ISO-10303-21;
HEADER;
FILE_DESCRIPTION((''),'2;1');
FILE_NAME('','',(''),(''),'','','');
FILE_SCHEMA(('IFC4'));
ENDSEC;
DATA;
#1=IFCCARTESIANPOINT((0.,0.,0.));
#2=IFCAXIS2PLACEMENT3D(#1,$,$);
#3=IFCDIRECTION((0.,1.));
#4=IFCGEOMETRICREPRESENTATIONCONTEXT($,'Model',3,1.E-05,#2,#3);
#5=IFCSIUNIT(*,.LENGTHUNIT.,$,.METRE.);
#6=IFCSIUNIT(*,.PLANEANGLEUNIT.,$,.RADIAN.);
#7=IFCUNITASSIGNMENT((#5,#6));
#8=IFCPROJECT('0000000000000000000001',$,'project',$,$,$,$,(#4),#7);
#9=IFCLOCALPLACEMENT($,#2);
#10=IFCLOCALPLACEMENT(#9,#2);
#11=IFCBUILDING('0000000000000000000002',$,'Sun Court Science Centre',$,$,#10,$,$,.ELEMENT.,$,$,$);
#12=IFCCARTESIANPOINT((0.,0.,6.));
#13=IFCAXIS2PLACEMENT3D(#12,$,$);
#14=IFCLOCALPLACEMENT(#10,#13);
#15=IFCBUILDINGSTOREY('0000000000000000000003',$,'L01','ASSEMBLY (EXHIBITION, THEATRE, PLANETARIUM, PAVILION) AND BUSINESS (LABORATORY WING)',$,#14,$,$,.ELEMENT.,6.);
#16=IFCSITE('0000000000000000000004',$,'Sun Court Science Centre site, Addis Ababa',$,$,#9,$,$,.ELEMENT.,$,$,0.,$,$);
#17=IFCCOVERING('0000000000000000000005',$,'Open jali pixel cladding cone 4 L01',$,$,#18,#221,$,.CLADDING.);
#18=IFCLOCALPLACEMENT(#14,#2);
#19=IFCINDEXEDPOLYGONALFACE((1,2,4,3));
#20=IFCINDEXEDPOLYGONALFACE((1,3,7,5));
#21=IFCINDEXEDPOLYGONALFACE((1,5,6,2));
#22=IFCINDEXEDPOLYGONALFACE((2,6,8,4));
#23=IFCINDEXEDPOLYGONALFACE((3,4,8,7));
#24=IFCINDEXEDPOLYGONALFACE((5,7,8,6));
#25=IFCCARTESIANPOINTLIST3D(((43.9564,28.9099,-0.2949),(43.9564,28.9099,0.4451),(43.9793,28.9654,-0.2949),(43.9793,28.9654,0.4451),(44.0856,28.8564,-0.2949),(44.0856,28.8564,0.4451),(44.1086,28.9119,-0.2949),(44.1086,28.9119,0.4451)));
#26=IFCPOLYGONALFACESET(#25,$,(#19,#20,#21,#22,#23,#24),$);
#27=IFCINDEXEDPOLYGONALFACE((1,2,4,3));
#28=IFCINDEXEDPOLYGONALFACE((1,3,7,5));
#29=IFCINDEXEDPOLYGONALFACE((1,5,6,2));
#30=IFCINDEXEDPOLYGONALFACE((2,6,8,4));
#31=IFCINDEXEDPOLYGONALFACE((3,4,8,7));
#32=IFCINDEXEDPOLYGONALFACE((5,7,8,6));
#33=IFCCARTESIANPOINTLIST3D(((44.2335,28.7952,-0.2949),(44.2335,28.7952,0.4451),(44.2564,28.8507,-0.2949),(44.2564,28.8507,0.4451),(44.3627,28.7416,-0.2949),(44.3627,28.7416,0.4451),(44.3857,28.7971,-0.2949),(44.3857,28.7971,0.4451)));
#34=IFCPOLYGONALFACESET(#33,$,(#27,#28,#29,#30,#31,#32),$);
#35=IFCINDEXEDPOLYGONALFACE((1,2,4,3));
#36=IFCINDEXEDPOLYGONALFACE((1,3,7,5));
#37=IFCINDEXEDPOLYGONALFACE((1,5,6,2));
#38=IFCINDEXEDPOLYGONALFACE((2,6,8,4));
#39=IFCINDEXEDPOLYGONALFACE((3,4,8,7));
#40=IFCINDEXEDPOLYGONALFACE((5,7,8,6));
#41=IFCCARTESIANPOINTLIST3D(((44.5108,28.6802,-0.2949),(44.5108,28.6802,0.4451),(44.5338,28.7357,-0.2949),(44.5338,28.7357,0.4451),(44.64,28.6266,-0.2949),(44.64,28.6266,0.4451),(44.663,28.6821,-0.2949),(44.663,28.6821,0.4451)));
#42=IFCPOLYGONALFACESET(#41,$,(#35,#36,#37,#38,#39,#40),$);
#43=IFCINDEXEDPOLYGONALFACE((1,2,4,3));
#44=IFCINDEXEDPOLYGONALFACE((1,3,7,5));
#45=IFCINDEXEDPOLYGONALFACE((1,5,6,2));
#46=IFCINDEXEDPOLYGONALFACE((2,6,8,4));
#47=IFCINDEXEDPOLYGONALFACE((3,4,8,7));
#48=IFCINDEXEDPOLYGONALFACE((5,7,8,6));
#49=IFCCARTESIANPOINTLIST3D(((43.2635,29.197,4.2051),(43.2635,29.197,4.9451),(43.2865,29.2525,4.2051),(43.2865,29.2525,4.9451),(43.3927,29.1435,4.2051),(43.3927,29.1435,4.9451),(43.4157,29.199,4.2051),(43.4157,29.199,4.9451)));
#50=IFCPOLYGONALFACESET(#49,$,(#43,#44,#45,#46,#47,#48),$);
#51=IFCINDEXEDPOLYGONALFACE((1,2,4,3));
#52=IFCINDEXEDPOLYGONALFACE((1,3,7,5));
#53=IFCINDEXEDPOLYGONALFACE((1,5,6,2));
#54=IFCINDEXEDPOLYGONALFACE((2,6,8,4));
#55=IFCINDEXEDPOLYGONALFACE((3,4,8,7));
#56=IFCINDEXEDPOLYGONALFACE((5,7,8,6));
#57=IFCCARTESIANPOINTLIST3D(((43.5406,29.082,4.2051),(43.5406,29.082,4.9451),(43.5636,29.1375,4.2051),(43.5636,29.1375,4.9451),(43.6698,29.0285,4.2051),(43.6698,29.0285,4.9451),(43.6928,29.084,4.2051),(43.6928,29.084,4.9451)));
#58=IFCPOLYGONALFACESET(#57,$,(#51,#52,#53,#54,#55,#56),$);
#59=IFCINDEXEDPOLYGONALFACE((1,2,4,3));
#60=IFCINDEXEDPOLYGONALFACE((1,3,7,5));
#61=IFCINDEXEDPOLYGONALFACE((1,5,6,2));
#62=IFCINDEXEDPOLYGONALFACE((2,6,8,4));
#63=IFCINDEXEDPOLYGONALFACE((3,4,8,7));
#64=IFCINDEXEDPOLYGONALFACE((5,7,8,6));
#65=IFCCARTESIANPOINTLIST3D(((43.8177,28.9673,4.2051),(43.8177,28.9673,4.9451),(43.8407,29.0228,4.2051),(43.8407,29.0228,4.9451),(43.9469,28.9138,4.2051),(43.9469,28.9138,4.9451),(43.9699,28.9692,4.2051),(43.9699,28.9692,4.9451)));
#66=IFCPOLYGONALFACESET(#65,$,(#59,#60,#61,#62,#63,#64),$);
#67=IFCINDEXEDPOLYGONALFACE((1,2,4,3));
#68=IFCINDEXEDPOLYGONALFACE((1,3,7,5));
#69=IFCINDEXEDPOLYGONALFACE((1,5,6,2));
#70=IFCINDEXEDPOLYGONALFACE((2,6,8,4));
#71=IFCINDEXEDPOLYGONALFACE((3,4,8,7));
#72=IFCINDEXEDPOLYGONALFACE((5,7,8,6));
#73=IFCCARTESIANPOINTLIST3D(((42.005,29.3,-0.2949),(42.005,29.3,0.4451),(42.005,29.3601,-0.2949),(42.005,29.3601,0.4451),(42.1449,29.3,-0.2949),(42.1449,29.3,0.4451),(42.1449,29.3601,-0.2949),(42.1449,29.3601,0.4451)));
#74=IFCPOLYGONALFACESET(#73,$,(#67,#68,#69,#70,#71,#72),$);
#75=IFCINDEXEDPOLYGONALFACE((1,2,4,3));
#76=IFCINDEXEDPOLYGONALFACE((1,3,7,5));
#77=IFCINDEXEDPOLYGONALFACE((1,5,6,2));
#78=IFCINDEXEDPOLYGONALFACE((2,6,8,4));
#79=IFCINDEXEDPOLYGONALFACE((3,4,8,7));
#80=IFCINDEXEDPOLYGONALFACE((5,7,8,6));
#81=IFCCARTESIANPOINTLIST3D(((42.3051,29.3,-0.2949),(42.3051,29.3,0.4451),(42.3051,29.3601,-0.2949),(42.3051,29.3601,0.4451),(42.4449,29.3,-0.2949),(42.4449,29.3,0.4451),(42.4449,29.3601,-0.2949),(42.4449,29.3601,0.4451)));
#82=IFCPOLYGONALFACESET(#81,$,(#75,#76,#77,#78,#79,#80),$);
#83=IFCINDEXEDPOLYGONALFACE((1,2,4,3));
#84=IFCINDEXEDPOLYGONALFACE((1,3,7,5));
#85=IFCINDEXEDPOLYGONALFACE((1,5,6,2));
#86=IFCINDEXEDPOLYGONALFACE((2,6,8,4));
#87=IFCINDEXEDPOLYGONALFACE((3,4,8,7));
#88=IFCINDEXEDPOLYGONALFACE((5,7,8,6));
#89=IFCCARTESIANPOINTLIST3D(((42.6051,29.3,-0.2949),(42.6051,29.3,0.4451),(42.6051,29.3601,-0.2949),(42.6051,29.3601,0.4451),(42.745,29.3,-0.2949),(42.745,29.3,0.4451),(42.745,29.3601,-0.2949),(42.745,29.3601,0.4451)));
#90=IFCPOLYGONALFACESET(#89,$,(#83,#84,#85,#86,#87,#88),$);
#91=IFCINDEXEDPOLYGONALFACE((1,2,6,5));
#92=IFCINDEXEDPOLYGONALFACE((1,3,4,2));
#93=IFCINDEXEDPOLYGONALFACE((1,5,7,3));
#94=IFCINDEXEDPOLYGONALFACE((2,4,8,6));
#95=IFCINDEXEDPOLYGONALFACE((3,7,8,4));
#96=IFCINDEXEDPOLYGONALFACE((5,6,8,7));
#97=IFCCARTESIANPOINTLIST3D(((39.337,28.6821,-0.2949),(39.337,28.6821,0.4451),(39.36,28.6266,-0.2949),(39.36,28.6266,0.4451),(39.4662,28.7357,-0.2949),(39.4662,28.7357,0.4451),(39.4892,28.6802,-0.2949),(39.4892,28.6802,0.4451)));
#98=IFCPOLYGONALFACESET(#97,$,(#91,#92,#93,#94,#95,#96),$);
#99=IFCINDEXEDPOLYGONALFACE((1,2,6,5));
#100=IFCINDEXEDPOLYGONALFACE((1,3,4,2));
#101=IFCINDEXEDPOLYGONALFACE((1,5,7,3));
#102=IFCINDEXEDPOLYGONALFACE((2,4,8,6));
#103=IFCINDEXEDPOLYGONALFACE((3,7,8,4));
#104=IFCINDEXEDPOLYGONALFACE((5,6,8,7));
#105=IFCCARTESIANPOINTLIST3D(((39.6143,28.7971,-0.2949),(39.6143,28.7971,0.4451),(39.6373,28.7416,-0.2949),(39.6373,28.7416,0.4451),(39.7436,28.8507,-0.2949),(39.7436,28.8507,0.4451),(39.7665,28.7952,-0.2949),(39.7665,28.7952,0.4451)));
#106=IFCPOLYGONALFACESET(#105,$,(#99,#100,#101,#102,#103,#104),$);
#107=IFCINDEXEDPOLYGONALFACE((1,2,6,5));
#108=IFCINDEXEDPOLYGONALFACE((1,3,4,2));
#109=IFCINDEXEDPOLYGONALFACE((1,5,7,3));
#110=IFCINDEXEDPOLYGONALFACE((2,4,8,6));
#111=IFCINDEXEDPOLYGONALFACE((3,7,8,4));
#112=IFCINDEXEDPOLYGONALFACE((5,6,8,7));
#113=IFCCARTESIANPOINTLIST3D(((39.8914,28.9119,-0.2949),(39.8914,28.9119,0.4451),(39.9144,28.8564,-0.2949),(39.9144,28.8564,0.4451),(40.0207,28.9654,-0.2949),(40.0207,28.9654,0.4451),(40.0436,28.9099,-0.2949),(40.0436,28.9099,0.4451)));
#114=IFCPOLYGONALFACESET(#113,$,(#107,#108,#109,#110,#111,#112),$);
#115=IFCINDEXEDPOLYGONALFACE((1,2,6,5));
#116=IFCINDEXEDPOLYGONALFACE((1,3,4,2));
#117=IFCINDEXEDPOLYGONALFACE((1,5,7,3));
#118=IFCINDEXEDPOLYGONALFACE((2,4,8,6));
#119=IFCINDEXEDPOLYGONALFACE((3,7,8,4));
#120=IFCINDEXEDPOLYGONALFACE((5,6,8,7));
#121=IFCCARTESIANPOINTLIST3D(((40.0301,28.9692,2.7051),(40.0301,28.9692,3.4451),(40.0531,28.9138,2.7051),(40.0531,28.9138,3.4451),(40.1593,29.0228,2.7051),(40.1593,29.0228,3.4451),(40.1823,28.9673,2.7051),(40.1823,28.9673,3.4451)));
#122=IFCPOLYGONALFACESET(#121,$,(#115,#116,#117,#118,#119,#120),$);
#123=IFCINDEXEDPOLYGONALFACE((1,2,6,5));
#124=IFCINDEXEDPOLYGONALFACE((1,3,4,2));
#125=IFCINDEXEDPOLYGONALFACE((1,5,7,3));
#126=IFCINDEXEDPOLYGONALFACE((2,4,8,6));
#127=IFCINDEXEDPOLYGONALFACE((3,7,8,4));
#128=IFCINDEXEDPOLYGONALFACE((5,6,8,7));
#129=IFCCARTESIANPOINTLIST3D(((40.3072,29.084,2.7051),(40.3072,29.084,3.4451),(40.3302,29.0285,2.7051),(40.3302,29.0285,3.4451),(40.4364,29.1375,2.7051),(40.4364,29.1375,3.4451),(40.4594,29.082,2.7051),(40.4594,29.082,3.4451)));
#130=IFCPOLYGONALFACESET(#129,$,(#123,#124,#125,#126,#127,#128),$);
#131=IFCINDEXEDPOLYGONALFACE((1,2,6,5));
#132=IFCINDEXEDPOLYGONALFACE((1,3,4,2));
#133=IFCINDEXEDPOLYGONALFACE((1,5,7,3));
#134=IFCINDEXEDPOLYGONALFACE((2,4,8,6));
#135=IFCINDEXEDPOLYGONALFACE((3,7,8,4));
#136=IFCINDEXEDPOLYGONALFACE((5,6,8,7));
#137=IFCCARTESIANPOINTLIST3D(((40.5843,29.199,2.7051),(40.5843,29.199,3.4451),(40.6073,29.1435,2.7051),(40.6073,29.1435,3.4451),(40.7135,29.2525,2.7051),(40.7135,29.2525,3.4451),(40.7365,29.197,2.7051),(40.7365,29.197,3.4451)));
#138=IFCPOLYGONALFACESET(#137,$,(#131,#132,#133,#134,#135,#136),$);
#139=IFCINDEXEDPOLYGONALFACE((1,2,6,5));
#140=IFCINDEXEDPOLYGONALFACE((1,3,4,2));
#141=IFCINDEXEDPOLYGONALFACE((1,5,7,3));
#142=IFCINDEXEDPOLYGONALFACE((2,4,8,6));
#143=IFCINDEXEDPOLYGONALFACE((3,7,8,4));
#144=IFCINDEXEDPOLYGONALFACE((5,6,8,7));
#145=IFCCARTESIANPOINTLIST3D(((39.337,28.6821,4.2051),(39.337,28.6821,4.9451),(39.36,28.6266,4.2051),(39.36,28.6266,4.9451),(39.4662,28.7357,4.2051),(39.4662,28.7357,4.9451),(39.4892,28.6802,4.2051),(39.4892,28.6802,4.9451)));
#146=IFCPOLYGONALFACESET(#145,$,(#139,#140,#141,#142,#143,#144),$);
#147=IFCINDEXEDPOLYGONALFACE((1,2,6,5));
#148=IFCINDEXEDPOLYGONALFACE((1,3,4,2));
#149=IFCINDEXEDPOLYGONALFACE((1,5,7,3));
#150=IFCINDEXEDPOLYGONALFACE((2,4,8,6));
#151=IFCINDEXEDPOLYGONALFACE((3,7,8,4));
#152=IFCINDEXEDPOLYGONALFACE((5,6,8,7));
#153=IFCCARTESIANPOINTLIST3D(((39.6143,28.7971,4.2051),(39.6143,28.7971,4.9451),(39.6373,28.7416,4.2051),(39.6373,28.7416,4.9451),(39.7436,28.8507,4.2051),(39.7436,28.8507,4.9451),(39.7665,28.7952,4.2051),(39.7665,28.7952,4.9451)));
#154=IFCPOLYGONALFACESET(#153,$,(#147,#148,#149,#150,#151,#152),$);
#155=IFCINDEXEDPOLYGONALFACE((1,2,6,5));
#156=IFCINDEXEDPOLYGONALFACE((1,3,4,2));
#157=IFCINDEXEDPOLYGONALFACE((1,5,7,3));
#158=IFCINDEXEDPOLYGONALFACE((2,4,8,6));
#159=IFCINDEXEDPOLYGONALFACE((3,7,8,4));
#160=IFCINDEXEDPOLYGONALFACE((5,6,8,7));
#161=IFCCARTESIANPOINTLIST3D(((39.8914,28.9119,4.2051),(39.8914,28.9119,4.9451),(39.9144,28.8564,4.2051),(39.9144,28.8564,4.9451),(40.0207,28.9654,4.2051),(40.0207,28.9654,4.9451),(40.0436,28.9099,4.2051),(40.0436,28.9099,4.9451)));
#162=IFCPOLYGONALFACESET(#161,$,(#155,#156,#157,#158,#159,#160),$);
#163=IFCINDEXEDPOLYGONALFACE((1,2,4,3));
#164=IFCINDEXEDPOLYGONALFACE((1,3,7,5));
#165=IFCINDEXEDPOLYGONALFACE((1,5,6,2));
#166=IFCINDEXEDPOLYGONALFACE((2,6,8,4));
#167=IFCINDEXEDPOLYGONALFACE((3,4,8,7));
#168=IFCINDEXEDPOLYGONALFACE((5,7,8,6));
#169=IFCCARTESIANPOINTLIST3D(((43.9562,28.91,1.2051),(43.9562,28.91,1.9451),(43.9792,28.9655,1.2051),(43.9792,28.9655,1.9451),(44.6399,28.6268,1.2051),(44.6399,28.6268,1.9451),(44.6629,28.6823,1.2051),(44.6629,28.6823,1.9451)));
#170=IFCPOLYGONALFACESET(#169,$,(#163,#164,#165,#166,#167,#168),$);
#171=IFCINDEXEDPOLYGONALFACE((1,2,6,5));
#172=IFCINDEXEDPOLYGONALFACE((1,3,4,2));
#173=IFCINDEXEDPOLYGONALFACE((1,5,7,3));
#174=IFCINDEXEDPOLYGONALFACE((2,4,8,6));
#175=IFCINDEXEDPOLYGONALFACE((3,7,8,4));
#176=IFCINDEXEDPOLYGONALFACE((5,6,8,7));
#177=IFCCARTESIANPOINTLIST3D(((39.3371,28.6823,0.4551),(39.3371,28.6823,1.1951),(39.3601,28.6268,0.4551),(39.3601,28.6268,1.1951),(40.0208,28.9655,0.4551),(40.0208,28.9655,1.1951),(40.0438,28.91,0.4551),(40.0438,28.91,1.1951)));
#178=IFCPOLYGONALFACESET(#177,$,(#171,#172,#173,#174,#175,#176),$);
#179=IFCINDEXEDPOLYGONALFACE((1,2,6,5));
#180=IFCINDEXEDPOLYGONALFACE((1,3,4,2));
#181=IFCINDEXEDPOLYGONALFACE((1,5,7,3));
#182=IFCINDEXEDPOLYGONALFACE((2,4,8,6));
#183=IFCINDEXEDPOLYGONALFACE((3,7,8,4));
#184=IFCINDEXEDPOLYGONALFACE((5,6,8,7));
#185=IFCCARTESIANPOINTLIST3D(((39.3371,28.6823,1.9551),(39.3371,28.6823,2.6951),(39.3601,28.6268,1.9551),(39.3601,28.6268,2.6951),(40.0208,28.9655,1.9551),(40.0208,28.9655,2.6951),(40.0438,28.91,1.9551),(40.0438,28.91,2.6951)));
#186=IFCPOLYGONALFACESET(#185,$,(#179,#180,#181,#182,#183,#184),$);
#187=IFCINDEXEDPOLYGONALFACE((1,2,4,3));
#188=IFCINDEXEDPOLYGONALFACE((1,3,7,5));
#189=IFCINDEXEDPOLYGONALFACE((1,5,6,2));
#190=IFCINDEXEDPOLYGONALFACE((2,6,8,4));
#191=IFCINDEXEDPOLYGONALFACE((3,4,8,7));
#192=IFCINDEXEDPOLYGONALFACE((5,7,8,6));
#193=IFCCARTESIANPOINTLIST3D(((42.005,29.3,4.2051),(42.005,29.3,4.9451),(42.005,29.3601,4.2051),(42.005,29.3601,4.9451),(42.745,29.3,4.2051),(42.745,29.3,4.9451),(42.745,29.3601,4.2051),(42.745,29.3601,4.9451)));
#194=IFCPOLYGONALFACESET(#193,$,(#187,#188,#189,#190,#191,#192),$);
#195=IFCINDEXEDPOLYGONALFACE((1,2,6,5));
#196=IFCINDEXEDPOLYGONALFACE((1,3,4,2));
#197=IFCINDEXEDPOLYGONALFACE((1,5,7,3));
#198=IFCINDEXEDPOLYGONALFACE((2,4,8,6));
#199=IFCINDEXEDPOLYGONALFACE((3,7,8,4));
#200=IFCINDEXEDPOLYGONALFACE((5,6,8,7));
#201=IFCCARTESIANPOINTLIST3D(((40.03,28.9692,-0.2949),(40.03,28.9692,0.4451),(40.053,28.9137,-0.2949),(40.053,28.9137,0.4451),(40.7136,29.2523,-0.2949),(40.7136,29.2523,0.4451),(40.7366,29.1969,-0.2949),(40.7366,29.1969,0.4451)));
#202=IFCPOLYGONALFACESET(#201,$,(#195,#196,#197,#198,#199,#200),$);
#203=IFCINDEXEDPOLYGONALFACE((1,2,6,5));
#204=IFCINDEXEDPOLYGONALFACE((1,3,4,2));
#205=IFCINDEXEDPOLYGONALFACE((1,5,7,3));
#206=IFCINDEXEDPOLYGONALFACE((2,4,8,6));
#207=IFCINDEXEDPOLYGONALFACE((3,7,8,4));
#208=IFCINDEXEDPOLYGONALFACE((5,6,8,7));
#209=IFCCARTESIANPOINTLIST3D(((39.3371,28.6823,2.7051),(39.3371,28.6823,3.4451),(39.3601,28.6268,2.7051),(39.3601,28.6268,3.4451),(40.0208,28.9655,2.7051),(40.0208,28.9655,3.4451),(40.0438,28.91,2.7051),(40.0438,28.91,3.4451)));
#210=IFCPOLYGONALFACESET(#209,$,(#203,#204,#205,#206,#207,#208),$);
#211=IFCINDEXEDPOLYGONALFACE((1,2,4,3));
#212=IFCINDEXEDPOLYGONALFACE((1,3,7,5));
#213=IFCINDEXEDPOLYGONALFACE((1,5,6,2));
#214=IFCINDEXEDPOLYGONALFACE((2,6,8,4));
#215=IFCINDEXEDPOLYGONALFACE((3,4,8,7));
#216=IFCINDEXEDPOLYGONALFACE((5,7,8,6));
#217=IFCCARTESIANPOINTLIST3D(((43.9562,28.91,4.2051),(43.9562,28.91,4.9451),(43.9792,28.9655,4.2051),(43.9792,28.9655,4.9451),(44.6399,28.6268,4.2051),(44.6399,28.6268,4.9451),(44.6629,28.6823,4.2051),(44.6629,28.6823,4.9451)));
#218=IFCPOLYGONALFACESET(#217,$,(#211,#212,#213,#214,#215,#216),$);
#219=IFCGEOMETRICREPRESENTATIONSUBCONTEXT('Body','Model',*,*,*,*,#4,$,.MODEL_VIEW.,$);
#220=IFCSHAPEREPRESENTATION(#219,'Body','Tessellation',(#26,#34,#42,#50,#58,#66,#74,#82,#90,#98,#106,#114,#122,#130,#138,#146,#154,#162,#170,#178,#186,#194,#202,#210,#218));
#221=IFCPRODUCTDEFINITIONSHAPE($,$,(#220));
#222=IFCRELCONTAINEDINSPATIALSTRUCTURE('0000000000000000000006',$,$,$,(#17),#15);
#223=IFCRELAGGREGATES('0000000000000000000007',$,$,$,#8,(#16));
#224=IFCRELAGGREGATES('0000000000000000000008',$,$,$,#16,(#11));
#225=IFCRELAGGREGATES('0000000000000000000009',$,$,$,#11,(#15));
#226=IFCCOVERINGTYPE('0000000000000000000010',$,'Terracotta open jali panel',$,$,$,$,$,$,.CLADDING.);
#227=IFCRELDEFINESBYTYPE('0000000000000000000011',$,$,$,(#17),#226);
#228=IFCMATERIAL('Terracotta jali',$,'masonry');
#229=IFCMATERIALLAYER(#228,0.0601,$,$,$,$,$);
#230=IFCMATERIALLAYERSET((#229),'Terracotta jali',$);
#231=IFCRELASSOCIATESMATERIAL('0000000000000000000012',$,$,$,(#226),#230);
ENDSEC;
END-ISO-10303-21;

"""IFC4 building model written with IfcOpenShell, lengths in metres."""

from ifc_helpers import new_model, si_unit, direction, frame, origin, origin_2d, place, context, subcontext, project, spatial, rectangle, extrude, material, layer, layer_set, type_object, element, save


model = new_model("IFC4")

# Units and contexts
model_context = context("Model", 3, precision=1e-05, world=origin(), true_north=direction((0.0, 1.0)))
body_context = subcontext(model_context, "Body", "Model", "MODEL_VIEW")
ifc_project = project(units=[si_unit("LENGTHUNIT", "METRE"), si_unit("PLANEANGLEUNIT", "RADIAN")], contexts=[model_context])

# Site, building, storey
site_placement = place(None, origin())
site = spatial("IfcSite", under=ifc_project, at=site_placement, Name="Sun Court Science Centre site, Addis Ababa", CompositionType="ELEMENT", RefElevation=0.0)
building_placement = place(site_placement, origin())
building = spatial("IfcBuilding", under=site, at=building_placement, Name="Sun Court Science Centre", CompositionType="ELEMENT")
storey_placement = place(building_placement, frame((0.0, 0.0, 6.0)))
storey = spatial("IfcBuildingStorey", under=building, at=storey_placement, Name="L01", Description="ASSEMBLY (EXHIBITION, THEATRE, PLANETARIUM, PAVILION) AND BUSINESS (LABORATORY WING)", CompositionType="ELEMENT", Elevation=6.0)

# Covering
ifc_material_1 = material(Name="Terracotta jali", Category="masonry")
ifc_layer_1 = layer(ifc_material_1, 0.0601)
ifc_layer_set_1 = layer_set([ifc_layer_1], Name="Terracotta jali")
covering_type_1 = type_object("IfcCoveringType", Name="Terracotta open jali panel", PredefinedType="CLADDING", material=ifc_layer_set_1)
covering_1_placement = place(storey_placement, frame((0.0, 0.0, -6.0)))
element("IfcCovering", 1, at=covering_1_placement, inside=storey, type_object=covering_type_1, Name="Open jali pixel cladding cone 4 L01", PredefinedType="CLADDING", context=body_context, shape_type="SweptSolid", body=[
    extrude(rectangle(XDim=0.1399, YDim=0.0601, at=origin_2d()), frame((44.0325, 28.9109, 5.7051), z_axis=(0.0, 0.0, 1.0), x_axis=(0.92388, -0.382683, 0.0)), (0.0, 0.0, 1.0), 0.74),
    extrude(rectangle(XDim=0.1399, YDim=0.0601, at=origin_2d()), frame((44.3096, 28.7961, 5.7051), z_axis=(0.0, 0.0, 1.0), x_axis=(0.92388, -0.382683, 0.0)), (0.0, 0.0, 1.0), 0.74),
    extrude(rectangle(XDim=0.1399, YDim=0.0601, at=origin_2d()), frame((44.5869, 28.6812, 5.7051), z_axis=(0.0, 0.0, 1.0), x_axis=(0.92388, -0.382683, 0.0)), (0.0, 0.0, 1.0), 0.74),
    extrude(rectangle(XDim=0.1399, YDim=0.0601, at=origin_2d()), frame((43.3396, 29.198, 10.2051), z_axis=(0.0, 0.0, 1.0), x_axis=(0.92388, -0.382683, 0.0)), (0.0, 0.0, 1.0), 0.74),
    extrude(rectangle(XDim=0.1399, YDim=0.0601, at=origin_2d()), frame((43.6167, 29.083, 10.2051), z_axis=(0.0, 0.0, 1.0), x_axis=(0.92388, -0.382683, 0.0)), (0.0, 0.0, 1.0), 0.74),
    extrude(rectangle(XDim=0.1399, YDim=0.0601, at=origin_2d()), frame((43.8938, 28.9683, 10.2051), z_axis=(0.0, 0.0, 1.0), x_axis=(0.92388, -0.382683, 0.0)), (0.0, 0.0, 1.0), 0.74),
    extrude(rectangle(XDim=0.1399, YDim=0.0601, at=origin_2d()), frame((42.075, 29.3301, 5.7051), z_axis=(0.0, 0.0, 1.0), x_axis=(1.0, 0.0, 0.0)), (0.0, 0.0, 1.0), 0.74),
    extrude(rectangle(XDim=0.1399, YDim=0.0601, at=origin_2d()), frame((42.375, 29.3301, 5.7051), z_axis=(0.0, 0.0, 1.0), x_axis=(1.0, 0.0, 0.0)), (0.0, 0.0, 1.0), 0.74),
    extrude(rectangle(XDim=0.1399, YDim=0.0601, at=origin_2d()), frame((42.675, 29.3301, 5.7051), z_axis=(0.0, 0.0, 1.0), x_axis=(1.0, 0.0, 0.0)), (0.0, 0.0, 1.0), 0.74),
    extrude(rectangle(XDim=0.1399, YDim=0.0601, at=origin_2d()), frame((39.4131, 28.6812, 5.7051), z_axis=(0.0, 0.0, 1.0), x_axis=(0.92388, 0.382683, 0.0)), (0.0, 0.0, 1.0), 0.74),
    extrude(rectangle(XDim=0.1399, YDim=0.0601, at=origin_2d()), frame((39.6904, 28.7961, 5.7051), z_axis=(0.0, 0.0, 1.0), x_axis=(0.92388, 0.382683, 0.0)), (0.0, 0.0, 1.0), 0.74),
    extrude(rectangle(XDim=0.1399, YDim=0.0601, at=origin_2d()), frame((39.9675, 28.9109, 5.7051), z_axis=(0.0, 0.0, 1.0), x_axis=(0.92388, 0.382683, 0.0)), (0.0, 0.0, 1.0), 0.74),
    extrude(rectangle(XDim=0.1399, YDim=0.0601, at=origin_2d()), frame((40.1062, 28.9683, 8.7051), z_axis=(0.0, 0.0, 1.0), x_axis=(0.92388, 0.382683, 0.0)), (0.0, 0.0, 1.0), 0.74),
    extrude(rectangle(XDim=0.1399, YDim=0.0601, at=origin_2d()), frame((40.3833, 29.083, 8.7051), z_axis=(0.0, 0.0, 1.0), x_axis=(0.92388, 0.382683, 0.0)), (0.0, 0.0, 1.0), 0.74),
    extrude(rectangle(XDim=0.1399, YDim=0.0601, at=origin_2d()), frame((40.6604, 29.198, 8.7051), z_axis=(0.0, 0.0, 1.0), x_axis=(0.92388, 0.382683, 0.0)), (0.0, 0.0, 1.0), 0.74),
    extrude(rectangle(XDim=0.1399, YDim=0.0601, at=origin_2d()), frame((39.4131, 28.6812, 10.2051), z_axis=(0.0, 0.0, 1.0), x_axis=(0.92388, 0.382683, 0.0)), (0.0, 0.0, 1.0), 0.74),
    extrude(rectangle(XDim=0.1399, YDim=0.0601, at=origin_2d()), frame((39.6904, 28.7961, 10.2051), z_axis=(0.0, 0.0, 1.0), x_axis=(0.92388, 0.382683, 0.0)), (0.0, 0.0, 1.0), 0.74),
    extrude(rectangle(XDim=0.1399, YDim=0.0601, at=origin_2d()), frame((39.9675, 28.9109, 10.2051), z_axis=(0.0, 0.0, 1.0), x_axis=(0.92388, 0.382683, 0.0)), (0.0, 0.0, 1.0), 0.74),
    extrude(rectangle(XDim=0.74, YDim=0.0601, at=origin_2d()), frame((44.3096, 28.7961, 7.2051), z_axis=(0.0, 0.0, 1.0), x_axis=(0.92388, -0.382683, 0.0)), (0.0, 0.0, 1.0), 0.74),
    extrude(rectangle(XDim=0.74, YDim=0.0601, at=origin_2d()), frame((39.6904, 28.7961, 6.4551), z_axis=(0.0, 0.0, 1.0), x_axis=(0.92388, 0.382683, 0.0)), (0.0, 0.0, 1.0), 0.74),
    extrude(rectangle(XDim=0.74, YDim=0.0601, at=origin_2d()), frame((39.6904, 28.7961, 7.9551), z_axis=(0.0, 0.0, 1.0), x_axis=(0.92388, 0.382683, 0.0)), (0.0, 0.0, 1.0), 0.74),
    extrude(rectangle(XDim=0.74, YDim=0.0601, at=origin_2d()), frame((42.375, 29.3301, 10.2051), z_axis=(0.0, 0.0, 1.0), x_axis=(1.0, 0.0, 0.0)), (0.0, 0.0, 1.0), 0.74),
    extrude(rectangle(XDim=0.74, YDim=0.0601, at=origin_2d()), frame((40.3833, 29.083, 5.7051), z_axis=(0.0, 0.0, 1.0), x_axis=(0.92388, 0.382683, 0.0)), (0.0, 0.0, 1.0), 0.74),
    extrude(rectangle(XDim=0.74, YDim=0.0601, at=origin_2d()), frame((39.6904, 28.7961, 8.7051), z_axis=(0.0, 0.0, 1.0), x_axis=(0.92388, 0.382683, 0.0)), (0.0, 0.0, 1.0), 0.74),
    extrude(rectangle(XDim=0.74, YDim=0.0601, at=origin_2d()), frame((44.3096, 28.7961, 10.2051), z_axis=(0.0, 0.0, 1.0), x_axis=(0.92388, -0.382683, 0.0)), (0.0, 0.0, 1.0), 0.74),
])

save(model, "model.ifc")
